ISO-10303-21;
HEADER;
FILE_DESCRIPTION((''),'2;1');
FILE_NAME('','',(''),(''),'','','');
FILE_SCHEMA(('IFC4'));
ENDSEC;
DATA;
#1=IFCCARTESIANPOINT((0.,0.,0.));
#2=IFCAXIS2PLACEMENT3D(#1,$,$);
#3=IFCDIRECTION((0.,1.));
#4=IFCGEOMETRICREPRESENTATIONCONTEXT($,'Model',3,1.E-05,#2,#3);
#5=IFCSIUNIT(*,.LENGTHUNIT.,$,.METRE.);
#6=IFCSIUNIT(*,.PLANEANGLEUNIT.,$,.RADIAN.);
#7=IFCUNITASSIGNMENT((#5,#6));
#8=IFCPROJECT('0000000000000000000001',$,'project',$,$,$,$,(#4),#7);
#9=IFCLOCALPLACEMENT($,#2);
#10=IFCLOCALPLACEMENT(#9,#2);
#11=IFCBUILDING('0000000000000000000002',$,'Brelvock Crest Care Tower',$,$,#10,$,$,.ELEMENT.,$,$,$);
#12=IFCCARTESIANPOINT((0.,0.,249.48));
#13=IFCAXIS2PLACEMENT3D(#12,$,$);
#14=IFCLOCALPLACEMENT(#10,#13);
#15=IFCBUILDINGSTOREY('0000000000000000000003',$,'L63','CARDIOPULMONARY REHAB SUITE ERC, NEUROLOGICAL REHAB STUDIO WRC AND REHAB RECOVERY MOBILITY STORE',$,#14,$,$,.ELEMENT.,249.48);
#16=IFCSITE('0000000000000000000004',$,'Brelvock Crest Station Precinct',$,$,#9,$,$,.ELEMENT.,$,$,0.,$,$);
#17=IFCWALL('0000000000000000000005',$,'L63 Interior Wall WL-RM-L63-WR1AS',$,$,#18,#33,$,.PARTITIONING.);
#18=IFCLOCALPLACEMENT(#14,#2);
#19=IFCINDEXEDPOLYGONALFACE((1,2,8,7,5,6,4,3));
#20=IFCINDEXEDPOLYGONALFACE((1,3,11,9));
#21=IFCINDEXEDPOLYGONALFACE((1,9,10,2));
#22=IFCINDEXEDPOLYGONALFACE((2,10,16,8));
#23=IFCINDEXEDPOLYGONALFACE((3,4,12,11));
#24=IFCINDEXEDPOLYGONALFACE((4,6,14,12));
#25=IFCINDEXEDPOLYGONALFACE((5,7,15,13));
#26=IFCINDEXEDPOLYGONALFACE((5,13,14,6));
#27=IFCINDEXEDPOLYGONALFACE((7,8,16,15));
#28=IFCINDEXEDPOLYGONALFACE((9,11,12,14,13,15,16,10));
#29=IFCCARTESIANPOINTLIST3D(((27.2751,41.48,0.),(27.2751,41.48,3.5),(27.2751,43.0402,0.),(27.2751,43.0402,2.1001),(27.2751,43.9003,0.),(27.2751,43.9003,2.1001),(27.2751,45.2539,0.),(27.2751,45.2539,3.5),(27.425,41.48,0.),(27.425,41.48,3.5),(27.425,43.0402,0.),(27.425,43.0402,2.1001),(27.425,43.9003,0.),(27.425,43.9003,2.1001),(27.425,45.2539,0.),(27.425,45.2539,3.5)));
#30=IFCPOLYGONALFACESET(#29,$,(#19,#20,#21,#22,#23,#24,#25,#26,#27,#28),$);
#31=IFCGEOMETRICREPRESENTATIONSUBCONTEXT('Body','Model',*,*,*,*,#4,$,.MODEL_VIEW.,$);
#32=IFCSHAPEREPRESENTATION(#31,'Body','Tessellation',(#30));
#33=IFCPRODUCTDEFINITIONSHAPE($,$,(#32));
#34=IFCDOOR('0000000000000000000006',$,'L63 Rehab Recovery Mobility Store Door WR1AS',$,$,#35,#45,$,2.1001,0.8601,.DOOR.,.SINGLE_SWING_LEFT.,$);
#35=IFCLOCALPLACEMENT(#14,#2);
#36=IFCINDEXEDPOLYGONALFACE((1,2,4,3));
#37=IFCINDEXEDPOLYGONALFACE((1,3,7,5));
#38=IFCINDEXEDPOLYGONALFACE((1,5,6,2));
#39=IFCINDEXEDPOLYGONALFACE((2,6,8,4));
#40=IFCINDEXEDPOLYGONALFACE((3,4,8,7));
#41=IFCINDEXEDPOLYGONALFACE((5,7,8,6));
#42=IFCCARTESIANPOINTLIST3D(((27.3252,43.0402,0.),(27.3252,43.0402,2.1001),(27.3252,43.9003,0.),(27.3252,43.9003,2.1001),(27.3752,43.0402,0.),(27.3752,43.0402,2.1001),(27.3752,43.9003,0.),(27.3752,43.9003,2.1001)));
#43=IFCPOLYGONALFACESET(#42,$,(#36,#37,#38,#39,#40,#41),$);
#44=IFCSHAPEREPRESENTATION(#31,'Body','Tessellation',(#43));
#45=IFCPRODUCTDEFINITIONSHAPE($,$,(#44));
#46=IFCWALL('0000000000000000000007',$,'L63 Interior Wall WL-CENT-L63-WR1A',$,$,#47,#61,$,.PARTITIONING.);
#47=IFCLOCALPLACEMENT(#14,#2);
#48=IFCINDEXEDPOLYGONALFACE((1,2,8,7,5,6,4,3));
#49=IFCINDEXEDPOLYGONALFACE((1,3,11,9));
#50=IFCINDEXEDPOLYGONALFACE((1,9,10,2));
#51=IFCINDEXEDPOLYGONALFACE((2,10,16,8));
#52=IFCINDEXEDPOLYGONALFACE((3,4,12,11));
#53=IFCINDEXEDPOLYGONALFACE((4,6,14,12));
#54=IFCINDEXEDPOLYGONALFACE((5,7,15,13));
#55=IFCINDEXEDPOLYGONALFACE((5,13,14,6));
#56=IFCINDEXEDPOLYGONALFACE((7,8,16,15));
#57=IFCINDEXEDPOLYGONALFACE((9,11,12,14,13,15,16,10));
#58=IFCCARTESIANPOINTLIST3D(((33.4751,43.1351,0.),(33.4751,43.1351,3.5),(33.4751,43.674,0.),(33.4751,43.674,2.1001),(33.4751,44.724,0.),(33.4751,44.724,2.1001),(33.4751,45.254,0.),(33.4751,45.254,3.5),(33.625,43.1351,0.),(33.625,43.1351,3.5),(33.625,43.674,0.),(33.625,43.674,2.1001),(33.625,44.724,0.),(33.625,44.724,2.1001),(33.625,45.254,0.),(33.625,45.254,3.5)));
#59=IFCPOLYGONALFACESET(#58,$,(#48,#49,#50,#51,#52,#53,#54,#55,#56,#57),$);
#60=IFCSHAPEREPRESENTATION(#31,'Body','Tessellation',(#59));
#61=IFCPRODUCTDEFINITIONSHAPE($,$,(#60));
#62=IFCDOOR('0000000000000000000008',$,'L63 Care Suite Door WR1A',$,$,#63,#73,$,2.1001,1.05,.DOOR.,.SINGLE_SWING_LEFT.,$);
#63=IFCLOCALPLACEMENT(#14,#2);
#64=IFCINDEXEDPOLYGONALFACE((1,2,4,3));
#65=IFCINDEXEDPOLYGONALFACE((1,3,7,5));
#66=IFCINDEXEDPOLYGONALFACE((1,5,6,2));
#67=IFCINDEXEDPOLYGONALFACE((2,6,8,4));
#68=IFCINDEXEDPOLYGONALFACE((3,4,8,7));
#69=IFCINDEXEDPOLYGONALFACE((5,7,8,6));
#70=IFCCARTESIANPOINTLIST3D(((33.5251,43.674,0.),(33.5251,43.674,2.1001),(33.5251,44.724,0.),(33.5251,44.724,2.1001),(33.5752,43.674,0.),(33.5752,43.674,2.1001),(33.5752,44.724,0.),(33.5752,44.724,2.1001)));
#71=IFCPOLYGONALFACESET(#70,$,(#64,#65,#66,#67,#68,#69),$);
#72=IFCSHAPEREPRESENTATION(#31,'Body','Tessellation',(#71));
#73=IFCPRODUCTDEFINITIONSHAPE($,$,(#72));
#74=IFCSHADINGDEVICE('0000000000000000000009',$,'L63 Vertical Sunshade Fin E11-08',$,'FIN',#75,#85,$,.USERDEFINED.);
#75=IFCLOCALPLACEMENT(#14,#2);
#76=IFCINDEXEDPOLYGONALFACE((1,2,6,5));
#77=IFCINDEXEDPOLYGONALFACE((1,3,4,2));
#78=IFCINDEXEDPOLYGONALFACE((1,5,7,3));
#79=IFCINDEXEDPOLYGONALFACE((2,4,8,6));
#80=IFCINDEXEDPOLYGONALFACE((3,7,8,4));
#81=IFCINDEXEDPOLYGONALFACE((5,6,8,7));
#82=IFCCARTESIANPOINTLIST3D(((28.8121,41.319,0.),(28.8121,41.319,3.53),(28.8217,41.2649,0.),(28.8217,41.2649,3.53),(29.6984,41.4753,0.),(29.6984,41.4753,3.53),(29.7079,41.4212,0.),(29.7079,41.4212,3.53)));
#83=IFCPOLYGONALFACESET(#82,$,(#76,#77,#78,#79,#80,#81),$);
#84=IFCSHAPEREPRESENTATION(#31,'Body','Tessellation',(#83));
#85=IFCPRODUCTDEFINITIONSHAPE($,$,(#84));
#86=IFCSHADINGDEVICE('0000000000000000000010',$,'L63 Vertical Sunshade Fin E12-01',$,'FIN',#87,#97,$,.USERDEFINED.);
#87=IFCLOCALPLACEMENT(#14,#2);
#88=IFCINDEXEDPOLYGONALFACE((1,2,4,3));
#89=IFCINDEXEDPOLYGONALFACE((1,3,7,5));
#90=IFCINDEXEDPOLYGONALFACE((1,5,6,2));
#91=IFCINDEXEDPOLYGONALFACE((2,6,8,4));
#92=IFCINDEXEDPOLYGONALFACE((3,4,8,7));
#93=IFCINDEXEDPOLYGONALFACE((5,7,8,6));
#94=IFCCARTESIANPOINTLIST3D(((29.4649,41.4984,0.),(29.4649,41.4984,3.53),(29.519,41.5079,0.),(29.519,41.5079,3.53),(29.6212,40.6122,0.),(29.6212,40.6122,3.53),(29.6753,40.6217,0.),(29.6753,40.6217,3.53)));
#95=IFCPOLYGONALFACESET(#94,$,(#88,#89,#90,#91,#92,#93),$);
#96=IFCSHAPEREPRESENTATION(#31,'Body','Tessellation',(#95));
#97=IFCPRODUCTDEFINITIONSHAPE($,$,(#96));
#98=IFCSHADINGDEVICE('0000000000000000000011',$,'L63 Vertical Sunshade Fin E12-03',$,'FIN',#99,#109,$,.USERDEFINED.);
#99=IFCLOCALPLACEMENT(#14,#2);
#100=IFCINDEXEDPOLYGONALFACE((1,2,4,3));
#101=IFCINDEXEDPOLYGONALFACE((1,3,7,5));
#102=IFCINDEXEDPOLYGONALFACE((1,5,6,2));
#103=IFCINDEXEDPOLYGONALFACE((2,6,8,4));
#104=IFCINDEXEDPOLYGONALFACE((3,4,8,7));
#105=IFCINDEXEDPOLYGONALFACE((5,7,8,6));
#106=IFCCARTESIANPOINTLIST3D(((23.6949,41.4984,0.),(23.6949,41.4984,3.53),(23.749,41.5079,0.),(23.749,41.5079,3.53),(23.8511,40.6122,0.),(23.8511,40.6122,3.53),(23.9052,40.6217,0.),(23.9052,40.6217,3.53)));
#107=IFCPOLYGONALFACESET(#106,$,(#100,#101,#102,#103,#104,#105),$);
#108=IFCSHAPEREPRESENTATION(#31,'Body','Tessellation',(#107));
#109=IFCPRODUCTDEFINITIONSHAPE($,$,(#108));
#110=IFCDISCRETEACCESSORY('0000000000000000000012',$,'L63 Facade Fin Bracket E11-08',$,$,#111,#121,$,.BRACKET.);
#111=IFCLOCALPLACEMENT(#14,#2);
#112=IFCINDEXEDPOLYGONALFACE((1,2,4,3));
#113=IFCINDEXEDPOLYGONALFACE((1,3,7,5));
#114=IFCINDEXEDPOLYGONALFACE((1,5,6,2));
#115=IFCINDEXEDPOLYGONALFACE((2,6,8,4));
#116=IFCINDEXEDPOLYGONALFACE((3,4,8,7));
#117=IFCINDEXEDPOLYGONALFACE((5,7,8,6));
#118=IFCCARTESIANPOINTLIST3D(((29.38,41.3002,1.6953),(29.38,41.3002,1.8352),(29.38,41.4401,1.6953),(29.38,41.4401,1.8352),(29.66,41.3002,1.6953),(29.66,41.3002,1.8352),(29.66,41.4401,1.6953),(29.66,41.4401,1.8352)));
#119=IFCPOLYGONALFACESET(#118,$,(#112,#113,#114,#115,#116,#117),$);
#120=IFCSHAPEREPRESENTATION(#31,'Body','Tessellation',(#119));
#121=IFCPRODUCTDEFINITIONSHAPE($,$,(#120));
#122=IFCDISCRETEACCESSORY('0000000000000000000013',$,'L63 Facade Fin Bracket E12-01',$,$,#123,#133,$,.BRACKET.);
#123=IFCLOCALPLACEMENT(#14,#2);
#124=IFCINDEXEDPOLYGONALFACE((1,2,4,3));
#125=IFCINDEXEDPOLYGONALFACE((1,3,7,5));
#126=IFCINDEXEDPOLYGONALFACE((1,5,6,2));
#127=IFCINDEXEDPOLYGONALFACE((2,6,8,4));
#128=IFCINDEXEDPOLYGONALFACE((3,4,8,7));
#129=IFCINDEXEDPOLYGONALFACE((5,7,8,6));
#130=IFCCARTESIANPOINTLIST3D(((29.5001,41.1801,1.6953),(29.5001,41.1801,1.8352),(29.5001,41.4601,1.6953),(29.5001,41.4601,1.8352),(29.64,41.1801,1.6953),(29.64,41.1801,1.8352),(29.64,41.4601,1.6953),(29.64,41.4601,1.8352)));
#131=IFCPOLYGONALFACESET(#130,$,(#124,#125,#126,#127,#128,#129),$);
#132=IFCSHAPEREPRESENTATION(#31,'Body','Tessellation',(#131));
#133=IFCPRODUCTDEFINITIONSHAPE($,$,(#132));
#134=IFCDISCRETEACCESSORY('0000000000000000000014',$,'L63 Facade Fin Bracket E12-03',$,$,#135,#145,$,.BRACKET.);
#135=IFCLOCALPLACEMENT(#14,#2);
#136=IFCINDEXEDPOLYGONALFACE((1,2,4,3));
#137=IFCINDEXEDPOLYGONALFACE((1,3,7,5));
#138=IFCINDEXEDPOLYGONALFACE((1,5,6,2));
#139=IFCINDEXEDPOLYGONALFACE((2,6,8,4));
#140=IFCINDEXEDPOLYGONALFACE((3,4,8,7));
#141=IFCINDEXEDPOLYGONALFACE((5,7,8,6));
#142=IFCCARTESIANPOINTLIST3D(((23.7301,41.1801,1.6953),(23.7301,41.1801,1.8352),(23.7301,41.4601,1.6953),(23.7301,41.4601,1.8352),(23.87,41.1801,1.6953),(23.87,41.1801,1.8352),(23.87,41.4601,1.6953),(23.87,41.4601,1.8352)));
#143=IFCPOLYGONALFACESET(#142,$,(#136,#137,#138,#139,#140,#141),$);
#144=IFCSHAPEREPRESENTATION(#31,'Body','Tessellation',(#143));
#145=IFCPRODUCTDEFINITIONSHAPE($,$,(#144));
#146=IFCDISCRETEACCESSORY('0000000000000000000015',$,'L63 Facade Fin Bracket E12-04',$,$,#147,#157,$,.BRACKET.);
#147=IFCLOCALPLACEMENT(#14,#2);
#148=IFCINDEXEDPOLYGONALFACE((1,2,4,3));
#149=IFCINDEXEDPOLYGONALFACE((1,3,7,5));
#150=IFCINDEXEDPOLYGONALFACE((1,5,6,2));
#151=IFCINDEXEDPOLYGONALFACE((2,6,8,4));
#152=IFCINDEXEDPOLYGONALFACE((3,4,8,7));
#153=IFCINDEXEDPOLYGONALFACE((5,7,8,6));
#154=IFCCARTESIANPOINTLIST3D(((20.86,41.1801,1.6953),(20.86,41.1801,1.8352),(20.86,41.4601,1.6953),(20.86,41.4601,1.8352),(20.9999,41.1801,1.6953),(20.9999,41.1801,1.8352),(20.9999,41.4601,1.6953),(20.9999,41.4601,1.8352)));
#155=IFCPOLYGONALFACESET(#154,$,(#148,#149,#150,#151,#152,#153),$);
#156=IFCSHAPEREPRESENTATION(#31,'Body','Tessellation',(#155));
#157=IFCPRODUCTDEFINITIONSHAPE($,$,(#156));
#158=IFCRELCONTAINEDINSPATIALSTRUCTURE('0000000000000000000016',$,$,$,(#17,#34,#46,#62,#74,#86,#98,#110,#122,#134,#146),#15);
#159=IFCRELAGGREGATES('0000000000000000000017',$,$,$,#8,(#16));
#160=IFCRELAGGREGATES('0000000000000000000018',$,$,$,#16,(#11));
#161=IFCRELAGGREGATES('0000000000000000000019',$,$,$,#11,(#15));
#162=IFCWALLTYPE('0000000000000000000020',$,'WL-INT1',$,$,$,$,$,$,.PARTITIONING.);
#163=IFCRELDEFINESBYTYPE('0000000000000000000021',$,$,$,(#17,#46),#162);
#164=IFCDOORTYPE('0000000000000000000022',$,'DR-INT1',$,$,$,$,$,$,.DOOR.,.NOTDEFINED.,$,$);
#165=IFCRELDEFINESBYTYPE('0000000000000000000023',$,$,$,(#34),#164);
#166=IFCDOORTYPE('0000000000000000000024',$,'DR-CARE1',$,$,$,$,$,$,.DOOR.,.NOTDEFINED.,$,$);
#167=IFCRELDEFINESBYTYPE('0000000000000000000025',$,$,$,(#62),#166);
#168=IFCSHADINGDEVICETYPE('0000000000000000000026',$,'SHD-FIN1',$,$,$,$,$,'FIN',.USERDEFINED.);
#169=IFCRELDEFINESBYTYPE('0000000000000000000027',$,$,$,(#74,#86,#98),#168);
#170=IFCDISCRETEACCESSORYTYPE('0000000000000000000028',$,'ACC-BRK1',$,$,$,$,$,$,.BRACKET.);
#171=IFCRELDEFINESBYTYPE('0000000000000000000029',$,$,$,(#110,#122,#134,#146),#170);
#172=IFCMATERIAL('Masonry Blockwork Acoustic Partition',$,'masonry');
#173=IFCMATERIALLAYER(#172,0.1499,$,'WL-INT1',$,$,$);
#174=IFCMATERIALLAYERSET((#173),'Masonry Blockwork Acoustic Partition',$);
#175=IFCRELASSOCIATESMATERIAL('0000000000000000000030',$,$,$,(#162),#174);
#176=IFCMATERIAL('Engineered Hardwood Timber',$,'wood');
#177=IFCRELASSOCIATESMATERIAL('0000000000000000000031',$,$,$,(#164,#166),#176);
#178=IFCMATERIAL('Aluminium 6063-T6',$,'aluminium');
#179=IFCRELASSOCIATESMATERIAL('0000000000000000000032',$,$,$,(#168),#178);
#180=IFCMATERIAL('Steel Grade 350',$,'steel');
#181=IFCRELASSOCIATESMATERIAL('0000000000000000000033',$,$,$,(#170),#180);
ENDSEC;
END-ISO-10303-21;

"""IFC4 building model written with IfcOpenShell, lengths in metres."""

from ifc_helpers import new_model, si_unit, direction, frame, frame_2d, origin, origin_2d, place, context, subcontext, project, spatial, rectangle, extrude, source, transform, mapped, material, layer, layer_set, material_profile, profile_set, type_object, element, fill, save


model = new_model("IFC4")

# Units and contexts
model_context = context("Model", 3, precision=1e-05, world=origin(), true_north=direction((0.0, 1.0)))
body_context = subcontext(model_context, "Body", "Model", "MODEL_VIEW")
ifc_project = project(units=[si_unit("LENGTHUNIT", "METRE"), si_unit("PLANEANGLEUNIT", "RADIAN")], contexts=[model_context])

# Site, building, storey
site_placement = place(None, origin())
site = spatial("IfcSite", under=ifc_project, at=site_placement, Name="Brelvock Crest Station Precinct", CompositionType="ELEMENT", RefElevation=0.0)
building_placement = place(site_placement, origin())
building = spatial("IfcBuilding", under=site, at=building_placement, Name="Brelvock Crest Care Tower", CompositionType="ELEMENT")
storey_placement = place(building_placement, frame((0.0, 0.0, 249.48)))
storey = spatial("IfcBuildingStorey", under=building, at=storey_placement, Name="L63", Description="CARDIOPULMONARY REHAB SUITE ERC, NEUROLOGICAL REHAB STUDIO WRC AND REHAB RECOVERY MOBILITY STORE", CompositionType="ELEMENT", Elevation=249.48)

# Shared definitions
ifc_material_1 = material(Name="Steel Grade 350", Category="steel")

# Shared definitions
ifc_material_2 = material(Name="Aluminium 6063-T6", Category="aluminium")

# Shared definitions
ifc_material_3 = material(Name="Masonry Blockwork Acoustic Partition", Category="masonry")
ifc_layer_1 = layer(ifc_material_3, 0.1499, Name="WL-INT1")
ifc_layer_set_1 = layer_set([ifc_layer_1], Name="Masonry Blockwork Acoustic Partition")
wall_type_1 = type_object("IfcWallType", Name="WL-INT1", PredefinedType="PARTITIONING", material=ifc_layer_set_1)

# Walls, openings, doors
wall_1_placement = place(storey_placement, frame((27.3501, 41.48, 0.0), z_axis=(0.0, 0.0, 1.0), x_axis=(0.0, 1.0, 0.0)))
wall_1 = element("IfcWall", 1, at=wall_1_placement, inside=storey, type_object=wall_type_1, Name="L63 Interior Wall WL-RM-L63-WR1AS", PredefinedType="PARTITIONING", context=body_context, shape_type="SweptSolid", body=[
    extrude(rectangle(XDim=3.7739, YDim=0.1499, at=frame_2d((1.887, 0.0))), origin(), (0.0, 0.0, 1.0), 3.5),
])
opening_1_placement = place(wall_1_placement, frame((1.5601, 0.0, 0.0)))
opening_1 = element("IfcOpeningElement", 2, at=opening_1_placement, cuts=wall_1, PredefinedType="OPENING", context=body_context, shape_type="SweptSolid", body=[
    extrude(rectangle(XDim=0.8601, YDim=2.1001, at=origin_2d()), frame((0.4302, 0.085, 1.05), z_axis=(0.0, -1.0, 0.0), x_axis=(1.0, 0.0, 0.0)), (0.0, 0.0, 1.0), 0.1699),
])
ifc_material_4 = material(Name="Engineered Hardwood Timber", Category="wood")
door_type_1 = type_object("IfcDoorType", Name="DR-INT1", OperationType="NOTDEFINED", PredefinedType="DOOR", material=ifc_material_4)
shared_shape_1 = source(origin(), body_context, "Body", "SweptSolid", [
    extrude(rectangle(XDim=0.8601, YDim=2.1001, at=origin_2d()), frame((0.4302, 0.0249, 1.05), z_axis=(0.0, -1.0, 0.0), x_axis=(1.0, 0.0, 0.0)), (0.0, 0.0, 1.0), 0.05),
])
door_1_placement = place(opening_1_placement, origin())
door_1 = element("IfcDoor", 3, at=door_1_placement, inside=storey, type_object=door_type_1, Name="L63 Rehab Recovery Mobility Store Door WR1AS", OperationType="SINGLE_SWING_LEFT", OverallHeight=2.1001, OverallWidth=0.8601, PredefinedType="DOOR", context=body_context, shape_type="MappedRepresentation", body=[
    mapped(shared_shape_1, transform((0.0, 0.0, 0.0), x_axis=(1.0, 0.0, 0.0), y_axis=(0.0, 1.0, 0.0), z_axis=(0.0, 0.0, 1.0), scale=1.0)),
])
fill(opening_1, door_1)
wall_2_placement = place(storey_placement, frame((33.55, 43.135, 0.0), z_axis=(0.0, 0.0, 1.0), x_axis=(0.0, 1.0, 0.0)))
wall_2 = element("IfcWall", 4, at=wall_2_placement, inside=storey, type_object=wall_type_1, Name="L63 Interior Wall WL-CENT-L63-WR1A", PredefinedType="PARTITIONING", context=body_context, shape_type="SweptSolid", body=[
    extrude(rectangle(XDim=2.1189, YDim=0.1499, at=frame_2d((1.0596, 0.0))), origin(), (0.0, 0.0, 1.0), 3.5),
])
opening_2_placement = place(wall_2_placement, frame((0.5391, 0.0, 0.0)))
opening_2 = element("IfcOpeningElement", 5, at=opening_2_placement, cuts=wall_2, PredefinedType="OPENING", context=body_context, shape_type="SweptSolid", body=[
    extrude(rectangle(XDim=1.05, YDim=2.1001, at=origin_2d()), frame((0.5249, 0.085, 1.05), z_axis=(0.0, -1.0, 0.0), x_axis=(1.0, 0.0, 0.0)), (0.0, 0.0, 1.0), 0.1699),
])
door_type_2 = type_object("IfcDoorType", Name="DR-CARE1", OperationType="NOTDEFINED", PredefinedType="DOOR", material=ifc_material_4)
shared_shape_2 = source(origin(), body_context, "Body", "SweptSolid", [
    extrude(rectangle(XDim=1.05, YDim=2.1001, at=origin_2d()), frame((0.5249, 0.0249, 1.05), z_axis=(0.0, -1.0, 0.0), x_axis=(1.0, 0.0, 0.0)), (0.0, 0.0, 1.0), 0.05),
])
door_2_placement = place(opening_2_placement, origin())
door_2 = element("IfcDoor", 6, at=door_2_placement, inside=storey, type_object=door_type_2, Name="L63 Care Suite Door WR1A", OperationType="SINGLE_SWING_LEFT", OverallHeight=2.1001, OverallWidth=1.05, PredefinedType="DOOR", context=body_context, shape_type="MappedRepresentation", body=[
    mapped(shared_shape_2, transform((0.0, 0.0, 0.0), x_axis=(1.0, 0.0, 0.0), y_axis=(0.0, 1.0, 0.0), z_axis=(0.0, 0.0, 1.0), scale=1.0)),
])
fill(opening_2, door_2)

# Shading devices
ifc_material_profile_1 = material_profile(ifc_material_2, rectangle(XDim=0.0549, YDim=0.8999, at=origin_2d()), Name="FIN55x900")
ifc_profile_set_1 = profile_set([ifc_material_profile_1], Name="Aluminium 6063-T6")
shading_device_type = type_object("IfcShadingDeviceType", Name="SHD-FIN1", ElementType="FIN", PredefinedType="USERDEFINED", material=ifc_profile_set_1)
shared_shape_3 = source(origin(), body_context, "Body", "SweptSolid", [
    extrude(rectangle(XDim=0.0549, YDim=0.8999, at=origin_2d()), origin(), (0.0, 0.0, 1.0), 3.53),
])
for number, where, z_axis, x_axis, name in (
    (7, (29.26, 41.3701, 0.0), (0.0, 0.0, 1.0), (-0.173648, 0.984808, 0.0), "L63 Vertical Sunshade Fin E11-08"),
    (8, (29.5701, 41.0601, 0.0), (0.0, 0.0, 1.0), (-0.984808, -0.173648, 0.0), "L63 Vertical Sunshade Fin E12-01"),
    (9, (23.8, 41.0601, 0.0), (0.0, 0.0, 1.0), (-0.984808, -0.173648, 0.0), "L63 Vertical Sunshade Fin E12-03"),
):
    element("IfcShadingDevice", number, at=place(storey_placement, frame(where, z_axis=z_axis, x_axis=x_axis)), inside=storey, type_object=shading_device_type, Name=name, ObjectType="FIN", PredefinedType="USERDEFINED", context=body_context, shape_type="MappedRepresentation", body=[
        mapped(shared_shape_3, transform((0.0, 0.0, 0.0), x_axis=(1.0, 0.0, 0.0), y_axis=(0.0, 1.0, 0.0), z_axis=(0.0, 0.0, 1.0), scale=1.0)),
    ])

# Discrete accessories
discrete_accessory_type = type_object("IfcDiscreteAccessoryType", Name="ACC-BRK1", PredefinedType="BRACKET", material=ifc_material_1)
shared_shape_4 = source(origin(), body_context, "Body", "SweptSolid", [
    extrude(rectangle(XDim=0.28, YDim=0.1399, at=origin_2d()), origin(), (0.0, 0.0, 1.0), 0.1399),
])
for number, where, z_axis, x_axis, name in (
    (10, (29.52, 41.3701, 1.6953), (0.0, 0.0, 1.0), (-1.0, 0.0, 0.0), "L63 Facade Fin Bracket E11-08"),
    (11, (29.5701, 41.3201, 1.6953), (0.0, 0.0, 1.0), (0.0, -1.0, 0.0), "L63 Facade Fin Bracket E12-01"),
    (12, (23.8, 41.3201, 1.6953), (0.0, 0.0, 1.0), (0.0, -1.0, 0.0), "L63 Facade Fin Bracket E12-03"),
    (13, (20.9299, 41.3201, 1.6953), (0.0, 0.0, 1.0), (0.0, -1.0, 0.0), "L63 Facade Fin Bracket E12-04"),
):
    element("IfcDiscreteAccessory", number, at=place(storey_placement, frame(where, z_axis=z_axis, x_axis=x_axis)), inside=storey, type_object=discrete_accessory_type, Name=name, PredefinedType="BRACKET", context=body_context, shape_type="MappedRepresentation", body=[
        mapped(shared_shape_4, transform((0.0, 0.0, 0.0), x_axis=(1.0, 0.0, 0.0), y_axis=(0.0, 1.0, 0.0), z_axis=(0.0, 0.0, 1.0), scale=1.0)),
    ])

save(model, "model.ifc")
